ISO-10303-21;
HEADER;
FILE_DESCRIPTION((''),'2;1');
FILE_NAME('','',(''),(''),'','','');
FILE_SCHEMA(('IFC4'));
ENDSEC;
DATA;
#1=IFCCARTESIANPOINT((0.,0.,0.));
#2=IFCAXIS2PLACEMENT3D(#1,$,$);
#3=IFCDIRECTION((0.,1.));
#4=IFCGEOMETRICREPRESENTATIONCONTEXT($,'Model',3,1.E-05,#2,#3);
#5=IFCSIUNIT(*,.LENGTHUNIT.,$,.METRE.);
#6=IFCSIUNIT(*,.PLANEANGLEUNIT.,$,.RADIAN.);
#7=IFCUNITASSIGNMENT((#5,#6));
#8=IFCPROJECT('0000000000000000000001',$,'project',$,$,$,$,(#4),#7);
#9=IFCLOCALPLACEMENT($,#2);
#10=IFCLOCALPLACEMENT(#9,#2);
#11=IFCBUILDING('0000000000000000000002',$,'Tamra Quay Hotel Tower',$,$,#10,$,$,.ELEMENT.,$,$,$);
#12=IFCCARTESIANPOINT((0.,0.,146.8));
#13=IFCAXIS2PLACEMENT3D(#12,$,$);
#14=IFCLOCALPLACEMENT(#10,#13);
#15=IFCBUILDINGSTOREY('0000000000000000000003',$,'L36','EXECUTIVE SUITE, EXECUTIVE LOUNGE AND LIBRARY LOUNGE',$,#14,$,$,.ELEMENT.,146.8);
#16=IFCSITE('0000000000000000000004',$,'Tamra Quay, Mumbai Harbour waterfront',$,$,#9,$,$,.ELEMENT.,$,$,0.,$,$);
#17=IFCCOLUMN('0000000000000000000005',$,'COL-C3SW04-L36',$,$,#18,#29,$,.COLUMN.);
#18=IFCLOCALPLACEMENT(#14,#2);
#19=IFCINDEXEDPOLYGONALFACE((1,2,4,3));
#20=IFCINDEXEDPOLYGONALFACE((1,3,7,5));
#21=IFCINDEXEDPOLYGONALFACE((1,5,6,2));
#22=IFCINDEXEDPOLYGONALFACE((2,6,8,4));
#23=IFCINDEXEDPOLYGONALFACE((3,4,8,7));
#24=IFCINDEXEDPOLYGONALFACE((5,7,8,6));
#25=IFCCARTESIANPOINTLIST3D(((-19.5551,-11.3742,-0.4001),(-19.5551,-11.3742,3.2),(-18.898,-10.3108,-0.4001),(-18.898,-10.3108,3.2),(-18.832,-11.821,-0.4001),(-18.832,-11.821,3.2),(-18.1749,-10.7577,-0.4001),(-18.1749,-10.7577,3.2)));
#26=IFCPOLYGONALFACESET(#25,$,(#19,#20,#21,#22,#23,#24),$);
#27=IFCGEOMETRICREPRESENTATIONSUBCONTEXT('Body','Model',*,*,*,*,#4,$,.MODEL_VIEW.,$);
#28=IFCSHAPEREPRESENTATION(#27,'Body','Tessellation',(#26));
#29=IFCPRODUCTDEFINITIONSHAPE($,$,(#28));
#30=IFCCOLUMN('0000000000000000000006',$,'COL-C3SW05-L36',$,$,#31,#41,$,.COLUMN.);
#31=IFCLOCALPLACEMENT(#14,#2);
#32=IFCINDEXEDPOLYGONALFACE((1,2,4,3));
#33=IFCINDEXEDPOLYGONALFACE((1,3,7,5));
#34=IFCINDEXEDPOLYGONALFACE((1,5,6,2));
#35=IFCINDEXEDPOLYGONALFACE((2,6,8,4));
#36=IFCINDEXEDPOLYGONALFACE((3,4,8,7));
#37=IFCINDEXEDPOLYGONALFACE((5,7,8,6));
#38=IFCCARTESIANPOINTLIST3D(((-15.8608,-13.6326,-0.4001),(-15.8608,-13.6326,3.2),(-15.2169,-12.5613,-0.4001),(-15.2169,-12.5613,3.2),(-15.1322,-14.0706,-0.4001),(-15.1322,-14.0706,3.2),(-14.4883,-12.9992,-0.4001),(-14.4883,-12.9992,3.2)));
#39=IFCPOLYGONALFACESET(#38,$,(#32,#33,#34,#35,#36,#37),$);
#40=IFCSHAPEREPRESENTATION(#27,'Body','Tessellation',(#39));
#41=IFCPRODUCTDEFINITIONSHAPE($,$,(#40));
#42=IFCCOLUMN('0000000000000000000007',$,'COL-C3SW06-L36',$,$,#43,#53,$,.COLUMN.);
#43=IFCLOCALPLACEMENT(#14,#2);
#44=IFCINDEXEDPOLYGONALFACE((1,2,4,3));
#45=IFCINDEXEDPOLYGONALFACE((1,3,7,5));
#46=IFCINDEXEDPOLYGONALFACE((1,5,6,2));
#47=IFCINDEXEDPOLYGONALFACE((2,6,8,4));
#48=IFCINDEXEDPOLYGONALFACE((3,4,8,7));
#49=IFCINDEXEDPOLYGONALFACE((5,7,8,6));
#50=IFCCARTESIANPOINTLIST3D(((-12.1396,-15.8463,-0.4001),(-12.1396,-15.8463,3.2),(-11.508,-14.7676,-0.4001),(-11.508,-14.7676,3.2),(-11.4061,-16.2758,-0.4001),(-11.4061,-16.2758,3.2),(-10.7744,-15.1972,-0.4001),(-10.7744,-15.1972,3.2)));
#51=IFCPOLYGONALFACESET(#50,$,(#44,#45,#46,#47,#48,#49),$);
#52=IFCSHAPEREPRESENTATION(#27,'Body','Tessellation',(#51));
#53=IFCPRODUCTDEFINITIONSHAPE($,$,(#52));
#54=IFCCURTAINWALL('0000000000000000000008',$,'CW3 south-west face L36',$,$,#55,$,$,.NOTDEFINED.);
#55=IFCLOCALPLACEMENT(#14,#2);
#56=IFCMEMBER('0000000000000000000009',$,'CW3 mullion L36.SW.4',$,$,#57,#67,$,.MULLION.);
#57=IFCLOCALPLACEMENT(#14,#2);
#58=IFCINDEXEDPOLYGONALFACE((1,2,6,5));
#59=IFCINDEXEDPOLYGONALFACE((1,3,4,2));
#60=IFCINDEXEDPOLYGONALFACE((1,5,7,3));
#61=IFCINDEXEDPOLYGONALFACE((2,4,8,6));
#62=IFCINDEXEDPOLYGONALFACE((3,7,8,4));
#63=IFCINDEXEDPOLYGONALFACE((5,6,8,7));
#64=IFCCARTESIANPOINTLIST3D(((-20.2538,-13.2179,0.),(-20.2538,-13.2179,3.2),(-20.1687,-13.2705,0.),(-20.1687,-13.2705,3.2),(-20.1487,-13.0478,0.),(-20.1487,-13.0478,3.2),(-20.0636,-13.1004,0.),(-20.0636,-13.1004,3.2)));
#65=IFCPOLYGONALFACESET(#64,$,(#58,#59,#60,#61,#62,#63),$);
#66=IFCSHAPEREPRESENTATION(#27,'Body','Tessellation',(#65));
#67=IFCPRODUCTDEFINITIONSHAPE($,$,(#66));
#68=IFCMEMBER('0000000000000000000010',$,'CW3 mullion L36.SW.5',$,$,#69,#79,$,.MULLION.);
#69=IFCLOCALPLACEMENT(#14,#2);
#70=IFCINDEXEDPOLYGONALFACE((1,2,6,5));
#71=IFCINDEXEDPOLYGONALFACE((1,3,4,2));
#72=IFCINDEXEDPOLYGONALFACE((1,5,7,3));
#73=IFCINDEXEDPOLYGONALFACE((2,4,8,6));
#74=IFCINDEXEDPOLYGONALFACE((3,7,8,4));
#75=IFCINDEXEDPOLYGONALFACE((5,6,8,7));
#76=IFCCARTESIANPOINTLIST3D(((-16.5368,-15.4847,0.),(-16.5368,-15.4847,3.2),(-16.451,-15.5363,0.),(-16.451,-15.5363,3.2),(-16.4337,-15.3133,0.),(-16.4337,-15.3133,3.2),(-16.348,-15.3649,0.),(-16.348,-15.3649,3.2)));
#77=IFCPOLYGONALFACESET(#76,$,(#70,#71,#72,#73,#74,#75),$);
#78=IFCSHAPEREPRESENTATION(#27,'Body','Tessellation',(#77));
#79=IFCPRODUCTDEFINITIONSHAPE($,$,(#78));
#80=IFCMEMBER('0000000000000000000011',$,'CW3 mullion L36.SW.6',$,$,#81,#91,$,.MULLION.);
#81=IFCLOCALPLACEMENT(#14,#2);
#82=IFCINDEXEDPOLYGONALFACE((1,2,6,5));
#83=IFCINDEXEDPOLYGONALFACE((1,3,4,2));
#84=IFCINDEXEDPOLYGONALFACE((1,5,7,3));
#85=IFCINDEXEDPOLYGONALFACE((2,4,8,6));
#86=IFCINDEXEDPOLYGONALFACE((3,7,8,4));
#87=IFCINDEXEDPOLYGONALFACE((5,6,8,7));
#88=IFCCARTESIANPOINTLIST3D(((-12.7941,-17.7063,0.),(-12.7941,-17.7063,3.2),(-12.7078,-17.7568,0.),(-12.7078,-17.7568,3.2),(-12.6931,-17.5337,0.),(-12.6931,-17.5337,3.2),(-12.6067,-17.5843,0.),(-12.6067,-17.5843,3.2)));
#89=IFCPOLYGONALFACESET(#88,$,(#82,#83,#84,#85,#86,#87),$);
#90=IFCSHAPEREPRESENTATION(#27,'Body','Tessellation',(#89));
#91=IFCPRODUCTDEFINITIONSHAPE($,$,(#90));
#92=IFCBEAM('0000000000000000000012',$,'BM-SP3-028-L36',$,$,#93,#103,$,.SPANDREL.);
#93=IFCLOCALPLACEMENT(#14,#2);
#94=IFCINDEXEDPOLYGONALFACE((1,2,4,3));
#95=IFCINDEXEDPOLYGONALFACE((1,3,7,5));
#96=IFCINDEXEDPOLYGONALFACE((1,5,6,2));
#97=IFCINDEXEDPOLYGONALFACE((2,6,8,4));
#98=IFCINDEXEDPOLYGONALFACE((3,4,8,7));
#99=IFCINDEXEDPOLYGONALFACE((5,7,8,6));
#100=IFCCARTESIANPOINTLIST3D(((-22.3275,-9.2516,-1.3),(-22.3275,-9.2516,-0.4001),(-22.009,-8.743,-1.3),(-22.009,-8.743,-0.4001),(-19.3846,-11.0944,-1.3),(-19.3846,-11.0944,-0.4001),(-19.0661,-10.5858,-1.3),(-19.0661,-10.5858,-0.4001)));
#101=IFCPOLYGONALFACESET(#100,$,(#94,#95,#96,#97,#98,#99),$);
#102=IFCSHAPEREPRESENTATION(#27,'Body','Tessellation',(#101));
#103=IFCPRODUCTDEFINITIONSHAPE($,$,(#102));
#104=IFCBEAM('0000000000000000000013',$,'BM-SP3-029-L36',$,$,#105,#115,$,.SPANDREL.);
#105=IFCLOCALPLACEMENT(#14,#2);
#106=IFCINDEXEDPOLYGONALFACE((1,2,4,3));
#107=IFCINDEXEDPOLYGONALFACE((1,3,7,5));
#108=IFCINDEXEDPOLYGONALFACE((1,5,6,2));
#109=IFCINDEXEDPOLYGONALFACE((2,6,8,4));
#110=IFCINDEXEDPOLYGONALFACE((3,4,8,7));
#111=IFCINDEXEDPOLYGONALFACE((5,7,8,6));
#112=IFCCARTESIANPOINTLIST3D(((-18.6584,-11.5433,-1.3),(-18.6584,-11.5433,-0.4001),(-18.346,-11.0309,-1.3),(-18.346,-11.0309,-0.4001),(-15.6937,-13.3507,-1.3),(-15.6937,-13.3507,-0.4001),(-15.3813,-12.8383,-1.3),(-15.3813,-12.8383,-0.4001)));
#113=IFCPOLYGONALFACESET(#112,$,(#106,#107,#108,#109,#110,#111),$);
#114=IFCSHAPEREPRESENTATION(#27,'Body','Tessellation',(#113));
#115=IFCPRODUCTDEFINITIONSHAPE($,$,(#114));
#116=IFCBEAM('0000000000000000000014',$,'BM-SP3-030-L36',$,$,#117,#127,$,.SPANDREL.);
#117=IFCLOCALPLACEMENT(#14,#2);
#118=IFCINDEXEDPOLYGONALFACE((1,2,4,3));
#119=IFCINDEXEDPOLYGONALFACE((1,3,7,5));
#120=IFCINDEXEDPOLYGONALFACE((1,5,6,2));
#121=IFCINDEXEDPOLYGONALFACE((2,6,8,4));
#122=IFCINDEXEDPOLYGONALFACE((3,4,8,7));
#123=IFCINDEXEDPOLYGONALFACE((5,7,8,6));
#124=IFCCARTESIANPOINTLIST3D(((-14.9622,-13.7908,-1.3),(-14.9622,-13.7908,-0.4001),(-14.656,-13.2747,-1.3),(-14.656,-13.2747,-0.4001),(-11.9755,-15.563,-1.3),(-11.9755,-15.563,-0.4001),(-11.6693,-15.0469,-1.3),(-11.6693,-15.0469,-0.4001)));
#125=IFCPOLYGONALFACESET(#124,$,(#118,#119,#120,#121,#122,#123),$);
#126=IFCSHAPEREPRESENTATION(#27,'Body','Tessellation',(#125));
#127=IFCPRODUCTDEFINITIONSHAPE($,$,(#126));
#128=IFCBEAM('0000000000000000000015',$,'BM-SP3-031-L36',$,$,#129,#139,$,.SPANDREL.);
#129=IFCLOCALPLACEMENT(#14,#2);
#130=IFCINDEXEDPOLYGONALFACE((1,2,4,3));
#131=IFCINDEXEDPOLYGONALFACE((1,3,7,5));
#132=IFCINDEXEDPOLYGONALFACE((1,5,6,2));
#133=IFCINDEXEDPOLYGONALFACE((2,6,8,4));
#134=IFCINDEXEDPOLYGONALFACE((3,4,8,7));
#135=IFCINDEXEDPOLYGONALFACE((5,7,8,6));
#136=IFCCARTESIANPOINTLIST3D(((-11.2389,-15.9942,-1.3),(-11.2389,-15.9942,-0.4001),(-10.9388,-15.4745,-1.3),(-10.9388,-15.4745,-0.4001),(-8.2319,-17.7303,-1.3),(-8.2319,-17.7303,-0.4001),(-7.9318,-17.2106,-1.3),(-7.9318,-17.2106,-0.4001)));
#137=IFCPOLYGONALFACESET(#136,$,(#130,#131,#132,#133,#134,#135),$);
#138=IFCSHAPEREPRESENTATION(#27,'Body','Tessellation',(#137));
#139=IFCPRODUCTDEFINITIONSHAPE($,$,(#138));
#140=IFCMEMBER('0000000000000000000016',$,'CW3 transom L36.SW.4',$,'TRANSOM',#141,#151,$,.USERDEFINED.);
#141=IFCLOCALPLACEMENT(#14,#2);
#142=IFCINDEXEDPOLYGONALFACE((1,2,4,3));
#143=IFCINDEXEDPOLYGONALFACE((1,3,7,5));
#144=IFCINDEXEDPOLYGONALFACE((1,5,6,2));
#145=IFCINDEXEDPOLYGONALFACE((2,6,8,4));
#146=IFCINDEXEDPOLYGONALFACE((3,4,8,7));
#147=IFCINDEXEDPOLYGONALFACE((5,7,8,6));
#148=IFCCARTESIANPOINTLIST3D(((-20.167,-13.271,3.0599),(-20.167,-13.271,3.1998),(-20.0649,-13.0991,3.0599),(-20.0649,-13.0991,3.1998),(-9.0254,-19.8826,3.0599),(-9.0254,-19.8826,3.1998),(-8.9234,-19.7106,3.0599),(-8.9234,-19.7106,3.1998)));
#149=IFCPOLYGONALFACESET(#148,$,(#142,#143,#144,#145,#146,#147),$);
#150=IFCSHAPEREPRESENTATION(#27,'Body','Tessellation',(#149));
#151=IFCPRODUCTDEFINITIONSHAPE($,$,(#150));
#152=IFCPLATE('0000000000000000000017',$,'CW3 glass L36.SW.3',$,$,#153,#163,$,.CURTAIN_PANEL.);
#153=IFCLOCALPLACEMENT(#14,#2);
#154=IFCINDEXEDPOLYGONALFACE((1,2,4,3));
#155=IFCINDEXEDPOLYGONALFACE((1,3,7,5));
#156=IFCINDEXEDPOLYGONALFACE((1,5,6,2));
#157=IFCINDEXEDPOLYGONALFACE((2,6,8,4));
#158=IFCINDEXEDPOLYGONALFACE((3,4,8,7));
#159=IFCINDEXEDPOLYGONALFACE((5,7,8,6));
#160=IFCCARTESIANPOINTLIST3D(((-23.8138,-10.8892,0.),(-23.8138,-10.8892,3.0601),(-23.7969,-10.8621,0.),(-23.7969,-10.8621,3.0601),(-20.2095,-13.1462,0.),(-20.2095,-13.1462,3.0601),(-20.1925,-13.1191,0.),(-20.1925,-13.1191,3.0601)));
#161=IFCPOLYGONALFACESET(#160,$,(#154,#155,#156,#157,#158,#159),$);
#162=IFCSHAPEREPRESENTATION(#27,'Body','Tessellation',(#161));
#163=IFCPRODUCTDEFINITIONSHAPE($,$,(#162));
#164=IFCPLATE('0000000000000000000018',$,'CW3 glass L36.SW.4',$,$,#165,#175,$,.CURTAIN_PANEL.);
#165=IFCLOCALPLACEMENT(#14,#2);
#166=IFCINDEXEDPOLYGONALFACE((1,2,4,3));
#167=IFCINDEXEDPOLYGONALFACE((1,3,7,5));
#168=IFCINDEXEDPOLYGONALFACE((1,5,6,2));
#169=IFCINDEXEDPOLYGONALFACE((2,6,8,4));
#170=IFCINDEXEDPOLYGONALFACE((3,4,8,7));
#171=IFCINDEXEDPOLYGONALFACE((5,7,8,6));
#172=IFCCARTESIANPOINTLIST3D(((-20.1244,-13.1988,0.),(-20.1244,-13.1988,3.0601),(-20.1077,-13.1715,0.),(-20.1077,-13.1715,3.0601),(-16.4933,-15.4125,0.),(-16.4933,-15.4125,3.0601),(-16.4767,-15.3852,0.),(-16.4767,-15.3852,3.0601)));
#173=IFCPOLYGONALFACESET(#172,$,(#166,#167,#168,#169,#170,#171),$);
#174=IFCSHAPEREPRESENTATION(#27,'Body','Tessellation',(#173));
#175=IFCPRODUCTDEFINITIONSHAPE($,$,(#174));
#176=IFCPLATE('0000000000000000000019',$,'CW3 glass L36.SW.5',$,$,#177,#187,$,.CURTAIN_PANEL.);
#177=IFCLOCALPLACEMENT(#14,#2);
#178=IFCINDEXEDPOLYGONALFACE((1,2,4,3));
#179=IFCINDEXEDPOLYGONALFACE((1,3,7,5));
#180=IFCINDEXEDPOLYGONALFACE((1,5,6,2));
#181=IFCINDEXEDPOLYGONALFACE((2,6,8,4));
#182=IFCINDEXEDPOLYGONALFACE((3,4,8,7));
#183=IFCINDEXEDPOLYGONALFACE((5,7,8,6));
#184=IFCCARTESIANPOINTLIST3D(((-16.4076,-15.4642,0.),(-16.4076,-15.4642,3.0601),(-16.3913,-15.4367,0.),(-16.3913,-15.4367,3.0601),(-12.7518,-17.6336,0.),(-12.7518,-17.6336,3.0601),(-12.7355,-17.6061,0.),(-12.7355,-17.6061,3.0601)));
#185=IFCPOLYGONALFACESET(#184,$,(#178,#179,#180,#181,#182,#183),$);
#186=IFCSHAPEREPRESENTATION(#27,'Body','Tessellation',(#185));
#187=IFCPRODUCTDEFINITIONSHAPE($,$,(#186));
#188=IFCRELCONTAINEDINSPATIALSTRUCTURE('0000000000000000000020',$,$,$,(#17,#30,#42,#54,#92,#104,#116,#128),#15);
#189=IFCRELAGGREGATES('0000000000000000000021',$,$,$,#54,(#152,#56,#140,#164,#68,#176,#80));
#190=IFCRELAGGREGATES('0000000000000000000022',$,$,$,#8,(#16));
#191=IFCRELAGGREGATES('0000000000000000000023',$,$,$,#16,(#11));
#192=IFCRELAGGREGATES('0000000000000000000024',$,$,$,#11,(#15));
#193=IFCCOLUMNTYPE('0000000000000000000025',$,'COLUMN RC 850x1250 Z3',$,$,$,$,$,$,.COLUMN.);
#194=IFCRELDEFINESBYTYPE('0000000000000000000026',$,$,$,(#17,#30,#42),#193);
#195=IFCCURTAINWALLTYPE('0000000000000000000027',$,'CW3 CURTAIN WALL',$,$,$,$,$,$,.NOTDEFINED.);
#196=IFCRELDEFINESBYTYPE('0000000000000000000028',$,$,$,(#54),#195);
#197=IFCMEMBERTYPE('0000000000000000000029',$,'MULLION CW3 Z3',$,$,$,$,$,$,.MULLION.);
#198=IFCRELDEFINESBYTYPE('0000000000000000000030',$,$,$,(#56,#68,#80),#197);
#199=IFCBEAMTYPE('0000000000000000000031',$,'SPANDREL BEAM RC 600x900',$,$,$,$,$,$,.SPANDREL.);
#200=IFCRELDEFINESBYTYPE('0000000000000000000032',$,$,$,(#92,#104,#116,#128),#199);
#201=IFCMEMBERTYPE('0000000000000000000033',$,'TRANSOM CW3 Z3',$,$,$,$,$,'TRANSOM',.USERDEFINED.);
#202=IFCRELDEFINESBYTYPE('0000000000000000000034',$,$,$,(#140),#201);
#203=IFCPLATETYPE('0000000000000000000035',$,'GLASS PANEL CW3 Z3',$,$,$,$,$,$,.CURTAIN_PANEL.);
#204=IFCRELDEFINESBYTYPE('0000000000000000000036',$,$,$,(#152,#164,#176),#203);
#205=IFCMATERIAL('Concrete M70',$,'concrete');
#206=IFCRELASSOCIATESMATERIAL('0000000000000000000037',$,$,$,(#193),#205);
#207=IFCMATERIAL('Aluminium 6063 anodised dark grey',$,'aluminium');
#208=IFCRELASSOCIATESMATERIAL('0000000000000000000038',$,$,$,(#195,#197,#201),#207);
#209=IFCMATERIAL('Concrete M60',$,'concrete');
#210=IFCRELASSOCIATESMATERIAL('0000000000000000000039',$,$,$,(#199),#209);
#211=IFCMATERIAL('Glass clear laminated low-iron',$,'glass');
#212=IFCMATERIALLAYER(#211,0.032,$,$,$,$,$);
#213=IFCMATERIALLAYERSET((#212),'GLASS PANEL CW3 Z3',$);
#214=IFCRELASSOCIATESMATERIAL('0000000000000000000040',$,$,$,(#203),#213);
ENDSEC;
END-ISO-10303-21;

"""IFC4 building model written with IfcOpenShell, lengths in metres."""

from ifc_helpers import new_model, si_unit, direction, frame, origin, origin_2d, place, context, subcontext, project, spatial, rectangle, extrude, material, layer, layer_set, material_profile, profile_set, type_object, element, aggregate, save


model = new_model("IFC4")

# Units and contexts
model_context = context("Model", 3, precision=1e-05, world=origin(), true_north=direction((0.0, 1.0)))
body_context = subcontext(model_context, "Body", "Model", "MODEL_VIEW")
ifc_project = project(units=[si_unit("LENGTHUNIT", "METRE"), si_unit("PLANEANGLEUNIT", "RADIAN")], contexts=[model_context])

# Site, building, storey
site_placement = place(None, origin())
site = spatial("IfcSite", under=ifc_project, at=site_placement, Name="Tamra Quay, Mumbai Harbour waterfront", CompositionType="ELEMENT", RefElevation=0.0)
building_placement = place(site_placement, origin())
building = spatial("IfcBuilding", under=site, at=building_placement, Name="Tamra Quay Hotel Tower", CompositionType="ELEMENT")
storey_placement = place(building_placement, frame((0.0, 0.0, 146.8)))
storey = spatial("IfcBuildingStorey", under=building, at=storey_placement, Name="L36", Description="EXECUTIVE SUITE, EXECUTIVE LOUNGE AND LIBRARY LOUNGE", CompositionType="ELEMENT", Elevation=146.8)

# Columns
ifc_material_1 = material(Name="Concrete M70", Category="concrete")
ifc_material_profile_1 = material_profile(ifc_material_1, rectangle(XDim=1.25, YDim=0.8501, at=origin_2d()), Name="COLUMN RC 850x1250 Z3")
ifc_profile_set_1 = profile_set([ifc_material_profile_1], Name="Concrete M70")
column_type = type_object("IfcColumnType", Name="COLUMN RC 850x1250 Z3", PredefinedType="COLUMN", material=ifc_profile_set_1)
for number, where, z_axis, x_axis, name in (
    (1, (-18.865, -11.0659, -0.4001), (0.0, 0.0, 1.0), (0.525677, 0.850685, 0.0), "COL-C3SW04-L36"),
    (2, (-15.1746, -13.3159, -0.4001), (0.0, 0.0, 1.0), (0.515162, 0.857093, 0.0), "COL-C3SW05-L36"),
    (3, (-11.457, -15.5217, -0.4001), (0.0, 0.0, 1.0), (0.505325, 0.862929, 0.0), "COL-C3SW06-L36"),
):
    element("IfcColumn", number, at=place(storey_placement, frame(where, z_axis=z_axis, x_axis=x_axis)), inside=storey, type_object=column_type, Name=name, PredefinedType="COLUMN", context=body_context, shape_type="SweptSolid", body=[
        extrude(rectangle(XDim=1.25, YDim=0.8501, at=origin_2d()), origin(), (0.0, 0.0, 1.0), 3.6001),
    ])

# Curtain wall, members
ifc_material_2 = material(Name="Aluminium 6063 anodised dark grey", Category="aluminium")
curtain_wall_type = type_object("IfcCurtainWallType", Name="CW3 CURTAIN WALL", PredefinedType="NOTDEFINED", material=ifc_material_2)
curtain_wall_placement = place(storey_placement, origin())
curtain_wall = element("IfcCurtainWall", 4, at=curtain_wall_placement, inside=storey, type_object=curtain_wall_type, Name="CW3 south-west face L36", PredefinedType="NOTDEFINED")
ifc_material_profile_2 = material_profile(ifc_material_2, rectangle(XDim=0.2, YDim=0.1001, at=origin_2d()), Name="MULLION 100X200")
ifc_profile_set_2 = profile_set([ifc_material_profile_2], Name="Aluminium 6063 anodised dark grey")
member_type_1 = type_object("IfcMemberType", Name="MULLION CW3 Z3", PredefinedType="MULLION", material=ifc_profile_set_2)
member_1_placement = place(storey_placement, frame((-20.1587, -13.1592, 0.0), z_axis=(0.0, 0.0, 1.0), x_axis=(-0.525646, -0.850703, 0.0)))
member_1 = element("IfcMember", 5, at=member_1_placement, type_object=member_type_1, Name="CW3 mullion L36.SW.4", PredefinedType="MULLION", context=body_context, shape_type="SweptSolid", body=[
    extrude(rectangle(XDim=0.2, YDim=0.1001, at=origin_2d()), origin(), (0.0, 0.0, 1.0), 3.2),
])
member_2_placement = place(storey_placement, frame((-16.4424, -15.4248, 0.0), z_axis=(0.0, 0.0, 1.0), x_axis=(-0.515445, -0.856923, 0.0)))
member_2 = element("IfcMember", 6, at=member_2_placement, type_object=member_type_1, Name="CW3 mullion L36.SW.5", PredefinedType="MULLION", context=body_context, shape_type="SweptSolid", body=[
    extrude(rectangle(XDim=0.2, YDim=0.1001, at=origin_2d()), origin(), (0.0, 0.0, 1.0), 3.2),
])
member_3_placement = place(storey_placement, frame((-12.7004, -17.6453, 0.0), z_axis=(0.0, 0.0, 1.0), x_axis=(-0.505169, -0.863021, 0.0)))
member_3 = element("IfcMember", 7, at=member_3_placement, type_object=member_type_1, Name="CW3 mullion L36.SW.6", PredefinedType="MULLION", context=body_context, shape_type="SweptSolid", body=[
    extrude(rectangle(XDim=0.2, YDim=0.1001, at=origin_2d()), origin(), (0.0, 0.0, 1.0), 3.2),
])

# Beams
ifc_material_3 = material(Name="Concrete M60", Category="concrete")
ifc_material_profile_3 = material_profile(ifc_material_3, rectangle(XDim=0.6001, YDim=0.8999, at=origin_2d()), Name="SPANDREL BEAM RC 600x900")
ifc_profile_set_3 = profile_set([ifc_material_profile_3], Name="Concrete M60")
beam_type = type_object("IfcBeamType", Name="SPANDREL BEAM RC 600x900", PredefinedType="SPANDREL", material=ifc_profile_set_3)
for number, where, z_axis, x_axis, name in (
    (8, (-22.1682, -8.9973, -0.8501), (0.847548, -0.530719, 0.0), (0.530719, 0.847548, 0.0), "BM-SP3-028-L36"),
    (9, (-18.5022, -11.2871, -0.8501), (0.853836, -0.520542, 0.0), (0.520542, 0.853836, 0.0), "BM-SP3-029-L36"),
):
    element("IfcBeam", number, at=place(storey_placement, frame(where, z_axis=z_axis, x_axis=x_axis)), inside=storey, type_object=beam_type, Name=name, PredefinedType="SPANDREL", context=body_context, shape_type="SweptSolid", body=[
        extrude(rectangle(XDim=0.6001, YDim=0.8999, at=origin_2d()), origin(), (0.0, 0.0, 1.0), 3.4722),
    ])
beam_1_placement = place(storey_placement, frame((-14.8091, -13.5327, -0.8501), z_axis=(0.859989, -0.510313, 0.0), x_axis=(0.510313, 0.859989, 0.0)))
element("IfcBeam", 10, at=beam_1_placement, inside=storey, type_object=beam_type, Name="BM-SP3-030-L36", PredefinedType="SPANDREL", context=body_context, shape_type="SweptSolid", body=[
    extrude(rectangle(XDim=0.6001, YDim=0.8999, at=origin_2d()), origin(), (0.0, 0.0, 1.0), 3.4729),
])
beam_2_placement = place(storey_placement, frame((-11.0889, -15.7344, -0.8501), z_axis=(0.866032, -0.499988, 0.0), x_axis=(0.499988, 0.866032, 0.0)))
element("IfcBeam", 11, at=beam_2_placement, inside=storey, type_object=beam_type, Name="BM-SP3-031-L36", PredefinedType="SPANDREL", context=body_context, shape_type="SweptSolid", body=[
    extrude(rectangle(XDim=0.6001, YDim=0.8999, at=origin_2d()), origin(), (0.0, 0.0, 1.0), 3.4722),
])

# Member
ifc_material_profile_4 = material_profile(ifc_material_2, rectangle(XDim=0.2, YDim=0.1399, at=origin_2d()), Name="TRANSOM 200X140")
ifc_profile_set_4 = profile_set([ifc_material_profile_4], Name="Aluminium 6063 anodised dark grey")
member_type_2 = type_object("IfcMemberType", Name="TRANSOM CW3 Z3", ElementType="TRANSOM", PredefinedType="USERDEFINED", material=ifc_profile_set_4)
member_4_placement = place(storey_placement, frame((-20.116, -13.1851, 3.1299), z_axis=(0.859982, -0.510325, 0.0), x_axis=(0.510325, 0.859982, 0.0)))
member_4 = element("IfcMember", 12, at=member_4_placement, type_object=member_type_2, Name="CW3 transom L36.SW.4", ObjectType="TRANSOM", PredefinedType="USERDEFINED", context=body_context, shape_type="SweptSolid", body=[
    extrude(rectangle(XDim=0.2, YDim=0.1399, at=origin_2d()), origin(), (0.0, 0.0, 1.0), 12.9556),
])

# Plates
ifc_material_4 = material(Name="Glass clear laminated low-iron", Category="glass")
ifc_layer_1 = layer(ifc_material_4, 0.032)
ifc_layer_set_1 = layer_set([ifc_layer_1], Name="GLASS PANEL CW3 Z3")
plate_type = type_object("IfcPlateType", Name="GLASS PANEL CW3 Z3", PredefinedType="CURTAIN_PANEL", material=ifc_layer_set_1)
plate_1_placement = place(storey_placement, frame((-22.0032, -12.0042, 0.0), z_axis=(0.0, 0.0, 1.0), x_axis=(0.847546, -0.530722, 0.0)))
plate_1 = element("IfcPlate", 13, at=plate_1_placement, type_object=plate_type, Name="CW3 glass L36.SW.3", PredefinedType="CURTAIN_PANEL", context=body_context, shape_type="SweptSolid", body=[
    extrude(rectangle(XDim=4.2527, YDim=0.032, at=origin_2d()), origin(), (0.0, 0.0, 1.0), 3.0601),
])
plate_2_placement = place(storey_placement, frame((-18.3005, -14.292, 0.0), z_axis=(0.0, 0.0, 1.0), x_axis=(0.85383, -0.520552, 0.0)))
plate_2 = element("IfcPlate", 14, at=plate_2_placement, type_object=plate_type, Name="CW3 glass L36.SW.4", PredefinedType="CURTAIN_PANEL", context=body_context, shape_type="SweptSolid", body=[
    extrude(rectangle(XDim=4.2527, YDim=0.032, at=origin_2d()), origin(), (0.0, 0.0, 1.0), 3.0601),
])
plate_3_placement = place(storey_placement, frame((-14.5715, -16.5352, 0.0), z_axis=(0.0, 0.0, 1.0), x_axis=(0.859985, -0.510319, 0.0)))
plate_3 = element("IfcPlate", 15, at=plate_3_placement, type_object=plate_type, Name="CW3 glass L36.SW.5", PredefinedType="CURTAIN_PANEL", context=body_context, shape_type="SweptSolid", body=[
    extrude(rectangle(XDim=4.251, YDim=0.032, at=origin_2d()), origin(), (0.0, 0.0, 1.0), 3.0601),
])
aggregate(curtain_wall, [plate_1, member_1, member_4, plate_2, member_2, plate_3, member_3])

save(model, "model.ifc")
